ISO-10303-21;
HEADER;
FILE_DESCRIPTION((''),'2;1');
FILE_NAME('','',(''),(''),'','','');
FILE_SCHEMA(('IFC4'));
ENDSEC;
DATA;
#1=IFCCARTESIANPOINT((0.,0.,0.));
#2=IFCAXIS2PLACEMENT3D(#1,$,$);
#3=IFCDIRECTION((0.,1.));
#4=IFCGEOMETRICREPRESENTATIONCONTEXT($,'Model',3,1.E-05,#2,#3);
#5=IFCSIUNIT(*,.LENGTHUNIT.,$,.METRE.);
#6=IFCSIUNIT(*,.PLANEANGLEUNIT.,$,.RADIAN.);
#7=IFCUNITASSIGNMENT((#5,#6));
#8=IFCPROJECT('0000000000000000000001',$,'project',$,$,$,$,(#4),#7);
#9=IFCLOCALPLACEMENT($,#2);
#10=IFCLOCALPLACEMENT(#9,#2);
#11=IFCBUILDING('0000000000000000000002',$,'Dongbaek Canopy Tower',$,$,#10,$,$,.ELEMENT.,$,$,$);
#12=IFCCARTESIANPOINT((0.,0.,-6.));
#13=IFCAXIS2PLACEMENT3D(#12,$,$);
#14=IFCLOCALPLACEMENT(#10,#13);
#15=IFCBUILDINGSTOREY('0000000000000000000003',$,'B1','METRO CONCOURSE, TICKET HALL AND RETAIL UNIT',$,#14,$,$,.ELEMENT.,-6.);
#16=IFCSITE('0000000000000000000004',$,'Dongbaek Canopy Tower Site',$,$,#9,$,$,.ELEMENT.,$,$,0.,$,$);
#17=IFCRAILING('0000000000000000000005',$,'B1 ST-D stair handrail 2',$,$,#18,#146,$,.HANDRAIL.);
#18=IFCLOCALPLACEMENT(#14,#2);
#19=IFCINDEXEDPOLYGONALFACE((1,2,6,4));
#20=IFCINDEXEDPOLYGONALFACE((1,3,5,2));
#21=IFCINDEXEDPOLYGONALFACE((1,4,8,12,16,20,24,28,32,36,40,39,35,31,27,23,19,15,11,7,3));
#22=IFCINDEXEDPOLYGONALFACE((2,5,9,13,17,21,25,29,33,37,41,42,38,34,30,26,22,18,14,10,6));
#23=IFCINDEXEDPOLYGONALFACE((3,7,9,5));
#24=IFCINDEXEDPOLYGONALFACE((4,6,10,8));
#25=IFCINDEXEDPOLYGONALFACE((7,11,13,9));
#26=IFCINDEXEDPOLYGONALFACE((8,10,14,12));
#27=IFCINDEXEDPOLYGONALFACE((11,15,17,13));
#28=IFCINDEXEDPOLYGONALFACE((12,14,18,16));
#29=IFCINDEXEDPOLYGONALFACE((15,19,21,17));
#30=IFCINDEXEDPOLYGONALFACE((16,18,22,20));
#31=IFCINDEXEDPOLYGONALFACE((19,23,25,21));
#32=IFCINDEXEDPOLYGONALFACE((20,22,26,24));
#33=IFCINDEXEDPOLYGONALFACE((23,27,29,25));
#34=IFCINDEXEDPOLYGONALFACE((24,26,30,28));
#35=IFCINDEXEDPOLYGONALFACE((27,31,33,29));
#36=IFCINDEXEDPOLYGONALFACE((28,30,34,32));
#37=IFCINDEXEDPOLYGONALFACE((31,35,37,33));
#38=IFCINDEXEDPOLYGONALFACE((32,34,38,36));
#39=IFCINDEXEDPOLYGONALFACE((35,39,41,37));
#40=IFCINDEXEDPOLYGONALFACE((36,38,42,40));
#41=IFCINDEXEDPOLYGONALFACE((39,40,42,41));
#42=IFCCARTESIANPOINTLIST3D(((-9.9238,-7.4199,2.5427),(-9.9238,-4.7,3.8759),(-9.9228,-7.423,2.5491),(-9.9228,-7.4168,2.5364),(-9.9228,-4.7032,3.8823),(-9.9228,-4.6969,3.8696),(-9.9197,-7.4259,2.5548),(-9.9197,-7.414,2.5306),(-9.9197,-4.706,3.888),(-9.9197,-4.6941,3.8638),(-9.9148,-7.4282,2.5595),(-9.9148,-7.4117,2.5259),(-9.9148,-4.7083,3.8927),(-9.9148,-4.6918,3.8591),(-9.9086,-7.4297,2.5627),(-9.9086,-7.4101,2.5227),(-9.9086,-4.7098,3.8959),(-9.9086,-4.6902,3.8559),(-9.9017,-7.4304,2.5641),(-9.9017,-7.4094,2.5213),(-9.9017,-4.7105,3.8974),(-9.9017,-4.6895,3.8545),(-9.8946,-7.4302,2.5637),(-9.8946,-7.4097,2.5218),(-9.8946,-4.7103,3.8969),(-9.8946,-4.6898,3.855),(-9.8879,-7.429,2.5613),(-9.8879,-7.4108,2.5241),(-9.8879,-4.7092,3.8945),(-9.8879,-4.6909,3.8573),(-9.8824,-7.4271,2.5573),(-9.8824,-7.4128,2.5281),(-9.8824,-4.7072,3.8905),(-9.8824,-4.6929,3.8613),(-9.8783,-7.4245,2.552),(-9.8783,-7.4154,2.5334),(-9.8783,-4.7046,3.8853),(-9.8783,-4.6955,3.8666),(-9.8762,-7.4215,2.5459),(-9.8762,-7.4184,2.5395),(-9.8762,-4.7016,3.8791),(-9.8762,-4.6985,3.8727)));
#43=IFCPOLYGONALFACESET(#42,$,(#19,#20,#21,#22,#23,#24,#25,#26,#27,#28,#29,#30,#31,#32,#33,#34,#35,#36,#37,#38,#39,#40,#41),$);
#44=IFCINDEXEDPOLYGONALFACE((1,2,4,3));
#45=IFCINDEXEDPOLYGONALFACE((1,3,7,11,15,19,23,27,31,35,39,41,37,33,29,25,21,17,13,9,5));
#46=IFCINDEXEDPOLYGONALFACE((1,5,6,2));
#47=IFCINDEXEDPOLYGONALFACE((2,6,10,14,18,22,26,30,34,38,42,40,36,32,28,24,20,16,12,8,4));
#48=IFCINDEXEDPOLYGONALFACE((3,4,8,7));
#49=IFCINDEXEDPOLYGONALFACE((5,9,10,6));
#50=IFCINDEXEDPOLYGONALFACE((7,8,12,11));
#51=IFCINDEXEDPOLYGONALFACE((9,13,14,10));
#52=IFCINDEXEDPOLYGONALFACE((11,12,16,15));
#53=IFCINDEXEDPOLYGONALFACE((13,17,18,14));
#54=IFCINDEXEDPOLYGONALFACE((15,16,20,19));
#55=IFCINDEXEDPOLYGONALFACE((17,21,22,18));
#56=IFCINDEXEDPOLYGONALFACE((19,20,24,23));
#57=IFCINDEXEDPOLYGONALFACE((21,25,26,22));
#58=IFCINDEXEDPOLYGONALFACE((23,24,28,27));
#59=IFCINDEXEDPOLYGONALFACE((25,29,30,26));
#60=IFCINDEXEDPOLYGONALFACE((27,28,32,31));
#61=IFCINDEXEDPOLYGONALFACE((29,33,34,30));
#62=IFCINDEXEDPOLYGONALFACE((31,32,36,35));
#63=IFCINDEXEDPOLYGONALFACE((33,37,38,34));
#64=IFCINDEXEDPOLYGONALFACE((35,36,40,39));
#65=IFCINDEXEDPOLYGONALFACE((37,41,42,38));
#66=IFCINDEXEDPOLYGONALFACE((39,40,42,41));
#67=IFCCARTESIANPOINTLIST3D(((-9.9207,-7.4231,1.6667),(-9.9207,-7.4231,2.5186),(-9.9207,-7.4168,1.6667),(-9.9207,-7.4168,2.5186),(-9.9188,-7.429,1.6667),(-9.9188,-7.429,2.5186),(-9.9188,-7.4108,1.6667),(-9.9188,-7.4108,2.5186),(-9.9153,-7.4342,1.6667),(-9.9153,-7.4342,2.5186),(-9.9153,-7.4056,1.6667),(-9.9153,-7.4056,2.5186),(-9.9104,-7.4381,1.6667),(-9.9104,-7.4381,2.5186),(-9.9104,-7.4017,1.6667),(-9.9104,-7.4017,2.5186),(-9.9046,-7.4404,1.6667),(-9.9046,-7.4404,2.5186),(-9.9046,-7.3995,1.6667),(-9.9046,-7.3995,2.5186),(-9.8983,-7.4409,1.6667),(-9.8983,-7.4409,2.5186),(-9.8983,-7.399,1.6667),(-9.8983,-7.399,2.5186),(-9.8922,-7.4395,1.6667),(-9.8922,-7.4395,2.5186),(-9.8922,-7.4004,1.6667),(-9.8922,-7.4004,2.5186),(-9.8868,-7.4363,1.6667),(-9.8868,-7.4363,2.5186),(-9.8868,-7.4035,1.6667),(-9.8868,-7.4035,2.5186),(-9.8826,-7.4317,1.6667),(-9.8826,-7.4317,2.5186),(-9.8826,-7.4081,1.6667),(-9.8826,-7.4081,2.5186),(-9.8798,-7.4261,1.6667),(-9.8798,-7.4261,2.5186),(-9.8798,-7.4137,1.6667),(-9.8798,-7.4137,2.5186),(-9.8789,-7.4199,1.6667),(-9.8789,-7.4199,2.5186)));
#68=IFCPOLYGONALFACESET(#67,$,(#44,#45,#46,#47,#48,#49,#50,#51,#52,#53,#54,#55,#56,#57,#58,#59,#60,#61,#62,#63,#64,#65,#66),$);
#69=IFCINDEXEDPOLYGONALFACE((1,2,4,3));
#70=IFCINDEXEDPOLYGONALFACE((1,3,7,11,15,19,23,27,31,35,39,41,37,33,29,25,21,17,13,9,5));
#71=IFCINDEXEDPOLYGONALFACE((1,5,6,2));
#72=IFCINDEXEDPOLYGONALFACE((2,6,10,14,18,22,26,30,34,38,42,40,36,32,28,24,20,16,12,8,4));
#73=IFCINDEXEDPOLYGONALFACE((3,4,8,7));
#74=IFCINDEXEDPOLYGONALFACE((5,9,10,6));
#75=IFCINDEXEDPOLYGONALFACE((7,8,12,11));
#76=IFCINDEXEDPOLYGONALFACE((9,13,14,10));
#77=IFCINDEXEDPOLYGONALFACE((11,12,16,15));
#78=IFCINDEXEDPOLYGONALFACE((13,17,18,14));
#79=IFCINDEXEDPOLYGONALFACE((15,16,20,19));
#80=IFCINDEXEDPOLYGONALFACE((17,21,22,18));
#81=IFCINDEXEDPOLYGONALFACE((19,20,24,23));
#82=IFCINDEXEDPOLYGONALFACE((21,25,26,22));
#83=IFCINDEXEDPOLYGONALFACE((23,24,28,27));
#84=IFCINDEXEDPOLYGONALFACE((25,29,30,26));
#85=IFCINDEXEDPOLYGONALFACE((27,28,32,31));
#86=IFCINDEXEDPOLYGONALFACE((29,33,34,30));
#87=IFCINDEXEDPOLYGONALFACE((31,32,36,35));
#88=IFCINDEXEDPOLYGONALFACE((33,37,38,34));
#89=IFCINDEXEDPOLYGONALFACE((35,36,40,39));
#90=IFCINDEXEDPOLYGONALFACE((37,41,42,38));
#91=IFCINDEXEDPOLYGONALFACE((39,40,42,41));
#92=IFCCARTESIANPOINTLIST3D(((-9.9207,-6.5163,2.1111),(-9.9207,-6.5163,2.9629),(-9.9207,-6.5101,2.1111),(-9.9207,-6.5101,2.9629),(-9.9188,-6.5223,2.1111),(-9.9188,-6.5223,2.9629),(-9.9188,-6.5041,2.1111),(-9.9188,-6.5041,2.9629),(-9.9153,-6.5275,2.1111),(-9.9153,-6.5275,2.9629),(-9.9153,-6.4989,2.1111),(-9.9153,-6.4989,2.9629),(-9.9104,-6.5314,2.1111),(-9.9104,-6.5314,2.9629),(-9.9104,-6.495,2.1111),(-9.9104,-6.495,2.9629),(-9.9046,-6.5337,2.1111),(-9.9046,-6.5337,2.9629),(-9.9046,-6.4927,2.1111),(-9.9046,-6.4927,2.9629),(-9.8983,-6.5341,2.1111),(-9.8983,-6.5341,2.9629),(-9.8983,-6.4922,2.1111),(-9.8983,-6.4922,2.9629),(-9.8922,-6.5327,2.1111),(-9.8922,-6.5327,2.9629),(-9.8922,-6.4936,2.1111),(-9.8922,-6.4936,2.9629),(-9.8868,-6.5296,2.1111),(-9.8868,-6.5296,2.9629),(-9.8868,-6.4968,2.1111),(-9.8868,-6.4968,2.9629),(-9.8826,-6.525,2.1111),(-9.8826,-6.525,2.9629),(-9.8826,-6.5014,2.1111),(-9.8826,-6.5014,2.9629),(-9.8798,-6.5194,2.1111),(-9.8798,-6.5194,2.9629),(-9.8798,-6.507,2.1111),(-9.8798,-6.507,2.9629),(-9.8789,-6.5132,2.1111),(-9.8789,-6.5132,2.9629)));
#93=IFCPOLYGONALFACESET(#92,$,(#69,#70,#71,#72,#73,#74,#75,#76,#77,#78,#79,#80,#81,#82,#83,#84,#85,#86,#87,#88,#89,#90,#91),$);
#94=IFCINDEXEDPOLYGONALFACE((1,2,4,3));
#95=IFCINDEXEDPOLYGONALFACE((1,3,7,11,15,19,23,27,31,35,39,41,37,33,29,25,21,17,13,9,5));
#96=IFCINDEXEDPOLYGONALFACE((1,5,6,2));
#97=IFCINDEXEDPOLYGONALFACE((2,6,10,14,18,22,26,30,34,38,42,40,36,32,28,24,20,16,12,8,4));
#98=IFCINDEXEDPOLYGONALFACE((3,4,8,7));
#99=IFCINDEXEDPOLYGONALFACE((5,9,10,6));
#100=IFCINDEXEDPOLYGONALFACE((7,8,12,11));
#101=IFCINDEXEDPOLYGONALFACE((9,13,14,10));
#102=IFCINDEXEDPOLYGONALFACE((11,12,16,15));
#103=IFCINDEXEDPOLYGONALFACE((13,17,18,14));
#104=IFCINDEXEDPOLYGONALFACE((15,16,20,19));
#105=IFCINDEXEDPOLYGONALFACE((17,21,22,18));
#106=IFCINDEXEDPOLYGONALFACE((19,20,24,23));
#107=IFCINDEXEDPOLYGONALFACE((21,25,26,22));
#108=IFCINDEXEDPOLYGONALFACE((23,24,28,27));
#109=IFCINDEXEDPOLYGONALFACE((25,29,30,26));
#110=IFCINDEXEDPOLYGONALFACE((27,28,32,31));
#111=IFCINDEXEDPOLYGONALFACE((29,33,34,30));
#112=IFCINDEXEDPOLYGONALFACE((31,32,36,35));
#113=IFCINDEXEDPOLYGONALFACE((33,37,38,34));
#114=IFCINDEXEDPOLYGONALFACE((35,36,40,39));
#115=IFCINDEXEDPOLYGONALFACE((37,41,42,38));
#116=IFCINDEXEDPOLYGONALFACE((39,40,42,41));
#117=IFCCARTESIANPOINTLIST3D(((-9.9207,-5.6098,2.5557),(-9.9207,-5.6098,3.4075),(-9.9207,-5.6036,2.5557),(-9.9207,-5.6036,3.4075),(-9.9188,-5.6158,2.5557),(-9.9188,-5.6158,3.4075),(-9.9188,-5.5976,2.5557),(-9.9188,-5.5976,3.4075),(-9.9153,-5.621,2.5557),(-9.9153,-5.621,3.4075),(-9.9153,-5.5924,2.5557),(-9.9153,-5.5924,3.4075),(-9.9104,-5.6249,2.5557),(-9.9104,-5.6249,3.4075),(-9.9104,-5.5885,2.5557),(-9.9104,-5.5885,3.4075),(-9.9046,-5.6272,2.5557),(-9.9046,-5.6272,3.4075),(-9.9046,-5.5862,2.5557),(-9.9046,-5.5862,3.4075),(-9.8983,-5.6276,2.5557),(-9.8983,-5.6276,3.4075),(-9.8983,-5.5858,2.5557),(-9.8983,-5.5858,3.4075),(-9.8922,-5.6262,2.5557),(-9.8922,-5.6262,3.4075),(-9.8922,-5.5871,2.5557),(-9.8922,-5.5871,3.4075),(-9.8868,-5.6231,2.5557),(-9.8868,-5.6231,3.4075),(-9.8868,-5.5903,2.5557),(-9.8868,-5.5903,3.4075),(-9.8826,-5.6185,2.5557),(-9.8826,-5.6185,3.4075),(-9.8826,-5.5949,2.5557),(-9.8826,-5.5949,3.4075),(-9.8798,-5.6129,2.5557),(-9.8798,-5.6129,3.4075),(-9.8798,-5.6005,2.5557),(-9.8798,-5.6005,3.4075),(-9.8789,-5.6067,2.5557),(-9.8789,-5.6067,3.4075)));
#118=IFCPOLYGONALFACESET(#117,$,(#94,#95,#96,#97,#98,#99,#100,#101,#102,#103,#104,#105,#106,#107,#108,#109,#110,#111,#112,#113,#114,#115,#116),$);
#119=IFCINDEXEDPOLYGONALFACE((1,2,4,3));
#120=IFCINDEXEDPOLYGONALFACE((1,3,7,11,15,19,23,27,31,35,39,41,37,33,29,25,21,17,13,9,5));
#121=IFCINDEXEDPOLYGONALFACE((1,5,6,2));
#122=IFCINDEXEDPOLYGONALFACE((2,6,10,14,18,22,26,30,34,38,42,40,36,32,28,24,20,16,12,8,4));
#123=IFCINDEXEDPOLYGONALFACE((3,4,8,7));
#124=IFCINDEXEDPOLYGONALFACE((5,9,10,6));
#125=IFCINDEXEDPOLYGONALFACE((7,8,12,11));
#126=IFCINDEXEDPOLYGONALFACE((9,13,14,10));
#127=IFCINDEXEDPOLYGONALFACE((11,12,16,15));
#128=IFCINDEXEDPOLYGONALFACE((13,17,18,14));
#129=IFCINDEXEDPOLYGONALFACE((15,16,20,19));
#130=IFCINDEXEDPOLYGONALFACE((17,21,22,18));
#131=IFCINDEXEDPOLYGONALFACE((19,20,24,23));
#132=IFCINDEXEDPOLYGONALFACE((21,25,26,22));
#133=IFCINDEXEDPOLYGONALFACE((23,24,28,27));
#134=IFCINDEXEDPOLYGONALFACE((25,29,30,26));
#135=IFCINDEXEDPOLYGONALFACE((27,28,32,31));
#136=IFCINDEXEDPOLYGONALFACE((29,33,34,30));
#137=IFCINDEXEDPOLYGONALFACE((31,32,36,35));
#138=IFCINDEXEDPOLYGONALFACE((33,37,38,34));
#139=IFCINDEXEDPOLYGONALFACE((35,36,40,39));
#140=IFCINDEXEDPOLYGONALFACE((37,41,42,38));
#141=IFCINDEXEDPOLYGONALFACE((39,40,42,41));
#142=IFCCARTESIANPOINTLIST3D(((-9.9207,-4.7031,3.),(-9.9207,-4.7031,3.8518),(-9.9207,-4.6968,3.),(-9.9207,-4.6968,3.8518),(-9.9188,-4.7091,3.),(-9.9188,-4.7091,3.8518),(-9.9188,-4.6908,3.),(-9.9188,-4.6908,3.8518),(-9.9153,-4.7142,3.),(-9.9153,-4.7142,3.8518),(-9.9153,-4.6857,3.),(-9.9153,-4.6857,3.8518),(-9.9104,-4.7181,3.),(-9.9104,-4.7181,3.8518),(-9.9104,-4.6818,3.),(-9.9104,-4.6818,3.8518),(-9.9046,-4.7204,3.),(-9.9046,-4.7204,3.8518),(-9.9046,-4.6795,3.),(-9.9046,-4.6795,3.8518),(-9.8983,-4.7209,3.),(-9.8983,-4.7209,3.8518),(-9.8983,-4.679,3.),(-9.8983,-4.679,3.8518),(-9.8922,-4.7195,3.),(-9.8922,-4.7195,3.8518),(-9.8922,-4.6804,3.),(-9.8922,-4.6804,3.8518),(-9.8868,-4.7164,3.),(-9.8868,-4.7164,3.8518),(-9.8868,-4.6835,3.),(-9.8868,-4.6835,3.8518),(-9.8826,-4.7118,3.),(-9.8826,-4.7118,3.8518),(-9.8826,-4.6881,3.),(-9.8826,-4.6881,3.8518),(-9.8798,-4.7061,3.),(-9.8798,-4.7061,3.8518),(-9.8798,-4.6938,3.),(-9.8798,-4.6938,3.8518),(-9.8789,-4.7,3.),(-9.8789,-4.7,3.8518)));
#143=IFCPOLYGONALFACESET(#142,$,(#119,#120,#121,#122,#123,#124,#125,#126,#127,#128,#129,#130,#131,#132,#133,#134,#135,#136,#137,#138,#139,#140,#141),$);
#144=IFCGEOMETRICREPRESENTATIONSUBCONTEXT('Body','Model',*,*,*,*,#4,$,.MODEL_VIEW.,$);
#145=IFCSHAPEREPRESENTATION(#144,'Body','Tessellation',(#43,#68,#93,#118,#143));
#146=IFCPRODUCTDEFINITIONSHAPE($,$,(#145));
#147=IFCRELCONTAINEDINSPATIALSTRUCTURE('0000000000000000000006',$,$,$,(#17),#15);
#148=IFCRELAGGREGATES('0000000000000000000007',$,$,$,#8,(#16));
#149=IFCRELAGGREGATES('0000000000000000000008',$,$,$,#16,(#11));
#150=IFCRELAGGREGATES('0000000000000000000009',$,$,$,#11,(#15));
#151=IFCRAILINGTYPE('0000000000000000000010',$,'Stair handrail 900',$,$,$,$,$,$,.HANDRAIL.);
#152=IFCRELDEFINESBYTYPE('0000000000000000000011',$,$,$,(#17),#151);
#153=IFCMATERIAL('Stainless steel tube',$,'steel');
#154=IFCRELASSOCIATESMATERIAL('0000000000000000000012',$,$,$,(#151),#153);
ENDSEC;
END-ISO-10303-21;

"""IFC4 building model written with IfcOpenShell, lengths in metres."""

from ifc_helpers import new_model, si_unit, direction, frame, origin, origin_2d, place, context, subcontext, project, spatial, circle, extrude, material, type_object, element, save


model = new_model("IFC4")

# Units and contexts
model_context = context("Model", 3, precision=1e-05, world=origin(), true_north=direction((0.0, 1.0)))
body_context = subcontext(model_context, "Body", "Model", "MODEL_VIEW")
ifc_project = project(units=[si_unit("LENGTHUNIT", "METRE"), si_unit("PLANEANGLEUNIT", "RADIAN")], contexts=[model_context])

# Site, building, storey
site_placement = place(None, origin())
site = spatial("IfcSite", under=ifc_project, at=site_placement, Name="Dongbaek Canopy Tower Site", CompositionType="ELEMENT", RefElevation=0.0)
building_placement = place(site_placement, origin())
building = spatial("IfcBuilding", under=site, at=building_placement, Name="Dongbaek Canopy Tower", CompositionType="ELEMENT")
storey_placement = place(building_placement, frame((0.0, 0.0, -6.0)))
storey = spatial("IfcBuildingStorey", under=building, at=storey_placement, Name="B1", Description="METRO CONCOURSE, TICKET HALL AND RETAIL UNIT", CompositionType="ELEMENT", Elevation=-6.0)

# Railing
ifc_material_1 = material(Name="Stainless steel tube", Category="steel")
railing_type_1 = type_object("IfcRailingType", Name="Stair handrail 900", PredefinedType="HANDRAIL", material=ifc_material_1)
railing_1_placement = place(storey_placement, frame((-9.8999, -7.4199, 1.6667)))
element("IfcRailing", 1, at=railing_1_placement, inside=storey, type_object=railing_type_1, Name="B1 ST-D stair handrail 2", PredefinedType="HANDRAIL", context=body_context, shape_type="SweptSolid", body=[
    extrude(circle(Radius=0.0239, at=origin_2d()), frame((0.0, 0.0, 0.876), z_axis=(0.0, 0.897929, 0.440139), x_axis=(-1.0, 0.0, 0.0)), (0.0, 0.0, 1.0), 3.0291),
    extrude(circle(Radius=0.021, at=origin_2d()), origin(), (0.0, 0.0, 1.0), 0.8518),
    extrude(circle(Radius=0.021, at=origin_2d()), frame((0.0, 0.9067, 0.4443)), (0.0, 0.0, 1.0), 0.8518),
    extrude(circle(Radius=0.021, at=origin_2d()), frame((0.0, 1.8132, 0.8889)), (0.0, 0.0, 1.0), 0.8518),
    extrude(circle(Radius=0.021, at=origin_2d()), frame((0.0, 2.72, 1.3333)), (0.0, 0.0, 1.0), 0.8518),
])

save(model, "model.ifc")
